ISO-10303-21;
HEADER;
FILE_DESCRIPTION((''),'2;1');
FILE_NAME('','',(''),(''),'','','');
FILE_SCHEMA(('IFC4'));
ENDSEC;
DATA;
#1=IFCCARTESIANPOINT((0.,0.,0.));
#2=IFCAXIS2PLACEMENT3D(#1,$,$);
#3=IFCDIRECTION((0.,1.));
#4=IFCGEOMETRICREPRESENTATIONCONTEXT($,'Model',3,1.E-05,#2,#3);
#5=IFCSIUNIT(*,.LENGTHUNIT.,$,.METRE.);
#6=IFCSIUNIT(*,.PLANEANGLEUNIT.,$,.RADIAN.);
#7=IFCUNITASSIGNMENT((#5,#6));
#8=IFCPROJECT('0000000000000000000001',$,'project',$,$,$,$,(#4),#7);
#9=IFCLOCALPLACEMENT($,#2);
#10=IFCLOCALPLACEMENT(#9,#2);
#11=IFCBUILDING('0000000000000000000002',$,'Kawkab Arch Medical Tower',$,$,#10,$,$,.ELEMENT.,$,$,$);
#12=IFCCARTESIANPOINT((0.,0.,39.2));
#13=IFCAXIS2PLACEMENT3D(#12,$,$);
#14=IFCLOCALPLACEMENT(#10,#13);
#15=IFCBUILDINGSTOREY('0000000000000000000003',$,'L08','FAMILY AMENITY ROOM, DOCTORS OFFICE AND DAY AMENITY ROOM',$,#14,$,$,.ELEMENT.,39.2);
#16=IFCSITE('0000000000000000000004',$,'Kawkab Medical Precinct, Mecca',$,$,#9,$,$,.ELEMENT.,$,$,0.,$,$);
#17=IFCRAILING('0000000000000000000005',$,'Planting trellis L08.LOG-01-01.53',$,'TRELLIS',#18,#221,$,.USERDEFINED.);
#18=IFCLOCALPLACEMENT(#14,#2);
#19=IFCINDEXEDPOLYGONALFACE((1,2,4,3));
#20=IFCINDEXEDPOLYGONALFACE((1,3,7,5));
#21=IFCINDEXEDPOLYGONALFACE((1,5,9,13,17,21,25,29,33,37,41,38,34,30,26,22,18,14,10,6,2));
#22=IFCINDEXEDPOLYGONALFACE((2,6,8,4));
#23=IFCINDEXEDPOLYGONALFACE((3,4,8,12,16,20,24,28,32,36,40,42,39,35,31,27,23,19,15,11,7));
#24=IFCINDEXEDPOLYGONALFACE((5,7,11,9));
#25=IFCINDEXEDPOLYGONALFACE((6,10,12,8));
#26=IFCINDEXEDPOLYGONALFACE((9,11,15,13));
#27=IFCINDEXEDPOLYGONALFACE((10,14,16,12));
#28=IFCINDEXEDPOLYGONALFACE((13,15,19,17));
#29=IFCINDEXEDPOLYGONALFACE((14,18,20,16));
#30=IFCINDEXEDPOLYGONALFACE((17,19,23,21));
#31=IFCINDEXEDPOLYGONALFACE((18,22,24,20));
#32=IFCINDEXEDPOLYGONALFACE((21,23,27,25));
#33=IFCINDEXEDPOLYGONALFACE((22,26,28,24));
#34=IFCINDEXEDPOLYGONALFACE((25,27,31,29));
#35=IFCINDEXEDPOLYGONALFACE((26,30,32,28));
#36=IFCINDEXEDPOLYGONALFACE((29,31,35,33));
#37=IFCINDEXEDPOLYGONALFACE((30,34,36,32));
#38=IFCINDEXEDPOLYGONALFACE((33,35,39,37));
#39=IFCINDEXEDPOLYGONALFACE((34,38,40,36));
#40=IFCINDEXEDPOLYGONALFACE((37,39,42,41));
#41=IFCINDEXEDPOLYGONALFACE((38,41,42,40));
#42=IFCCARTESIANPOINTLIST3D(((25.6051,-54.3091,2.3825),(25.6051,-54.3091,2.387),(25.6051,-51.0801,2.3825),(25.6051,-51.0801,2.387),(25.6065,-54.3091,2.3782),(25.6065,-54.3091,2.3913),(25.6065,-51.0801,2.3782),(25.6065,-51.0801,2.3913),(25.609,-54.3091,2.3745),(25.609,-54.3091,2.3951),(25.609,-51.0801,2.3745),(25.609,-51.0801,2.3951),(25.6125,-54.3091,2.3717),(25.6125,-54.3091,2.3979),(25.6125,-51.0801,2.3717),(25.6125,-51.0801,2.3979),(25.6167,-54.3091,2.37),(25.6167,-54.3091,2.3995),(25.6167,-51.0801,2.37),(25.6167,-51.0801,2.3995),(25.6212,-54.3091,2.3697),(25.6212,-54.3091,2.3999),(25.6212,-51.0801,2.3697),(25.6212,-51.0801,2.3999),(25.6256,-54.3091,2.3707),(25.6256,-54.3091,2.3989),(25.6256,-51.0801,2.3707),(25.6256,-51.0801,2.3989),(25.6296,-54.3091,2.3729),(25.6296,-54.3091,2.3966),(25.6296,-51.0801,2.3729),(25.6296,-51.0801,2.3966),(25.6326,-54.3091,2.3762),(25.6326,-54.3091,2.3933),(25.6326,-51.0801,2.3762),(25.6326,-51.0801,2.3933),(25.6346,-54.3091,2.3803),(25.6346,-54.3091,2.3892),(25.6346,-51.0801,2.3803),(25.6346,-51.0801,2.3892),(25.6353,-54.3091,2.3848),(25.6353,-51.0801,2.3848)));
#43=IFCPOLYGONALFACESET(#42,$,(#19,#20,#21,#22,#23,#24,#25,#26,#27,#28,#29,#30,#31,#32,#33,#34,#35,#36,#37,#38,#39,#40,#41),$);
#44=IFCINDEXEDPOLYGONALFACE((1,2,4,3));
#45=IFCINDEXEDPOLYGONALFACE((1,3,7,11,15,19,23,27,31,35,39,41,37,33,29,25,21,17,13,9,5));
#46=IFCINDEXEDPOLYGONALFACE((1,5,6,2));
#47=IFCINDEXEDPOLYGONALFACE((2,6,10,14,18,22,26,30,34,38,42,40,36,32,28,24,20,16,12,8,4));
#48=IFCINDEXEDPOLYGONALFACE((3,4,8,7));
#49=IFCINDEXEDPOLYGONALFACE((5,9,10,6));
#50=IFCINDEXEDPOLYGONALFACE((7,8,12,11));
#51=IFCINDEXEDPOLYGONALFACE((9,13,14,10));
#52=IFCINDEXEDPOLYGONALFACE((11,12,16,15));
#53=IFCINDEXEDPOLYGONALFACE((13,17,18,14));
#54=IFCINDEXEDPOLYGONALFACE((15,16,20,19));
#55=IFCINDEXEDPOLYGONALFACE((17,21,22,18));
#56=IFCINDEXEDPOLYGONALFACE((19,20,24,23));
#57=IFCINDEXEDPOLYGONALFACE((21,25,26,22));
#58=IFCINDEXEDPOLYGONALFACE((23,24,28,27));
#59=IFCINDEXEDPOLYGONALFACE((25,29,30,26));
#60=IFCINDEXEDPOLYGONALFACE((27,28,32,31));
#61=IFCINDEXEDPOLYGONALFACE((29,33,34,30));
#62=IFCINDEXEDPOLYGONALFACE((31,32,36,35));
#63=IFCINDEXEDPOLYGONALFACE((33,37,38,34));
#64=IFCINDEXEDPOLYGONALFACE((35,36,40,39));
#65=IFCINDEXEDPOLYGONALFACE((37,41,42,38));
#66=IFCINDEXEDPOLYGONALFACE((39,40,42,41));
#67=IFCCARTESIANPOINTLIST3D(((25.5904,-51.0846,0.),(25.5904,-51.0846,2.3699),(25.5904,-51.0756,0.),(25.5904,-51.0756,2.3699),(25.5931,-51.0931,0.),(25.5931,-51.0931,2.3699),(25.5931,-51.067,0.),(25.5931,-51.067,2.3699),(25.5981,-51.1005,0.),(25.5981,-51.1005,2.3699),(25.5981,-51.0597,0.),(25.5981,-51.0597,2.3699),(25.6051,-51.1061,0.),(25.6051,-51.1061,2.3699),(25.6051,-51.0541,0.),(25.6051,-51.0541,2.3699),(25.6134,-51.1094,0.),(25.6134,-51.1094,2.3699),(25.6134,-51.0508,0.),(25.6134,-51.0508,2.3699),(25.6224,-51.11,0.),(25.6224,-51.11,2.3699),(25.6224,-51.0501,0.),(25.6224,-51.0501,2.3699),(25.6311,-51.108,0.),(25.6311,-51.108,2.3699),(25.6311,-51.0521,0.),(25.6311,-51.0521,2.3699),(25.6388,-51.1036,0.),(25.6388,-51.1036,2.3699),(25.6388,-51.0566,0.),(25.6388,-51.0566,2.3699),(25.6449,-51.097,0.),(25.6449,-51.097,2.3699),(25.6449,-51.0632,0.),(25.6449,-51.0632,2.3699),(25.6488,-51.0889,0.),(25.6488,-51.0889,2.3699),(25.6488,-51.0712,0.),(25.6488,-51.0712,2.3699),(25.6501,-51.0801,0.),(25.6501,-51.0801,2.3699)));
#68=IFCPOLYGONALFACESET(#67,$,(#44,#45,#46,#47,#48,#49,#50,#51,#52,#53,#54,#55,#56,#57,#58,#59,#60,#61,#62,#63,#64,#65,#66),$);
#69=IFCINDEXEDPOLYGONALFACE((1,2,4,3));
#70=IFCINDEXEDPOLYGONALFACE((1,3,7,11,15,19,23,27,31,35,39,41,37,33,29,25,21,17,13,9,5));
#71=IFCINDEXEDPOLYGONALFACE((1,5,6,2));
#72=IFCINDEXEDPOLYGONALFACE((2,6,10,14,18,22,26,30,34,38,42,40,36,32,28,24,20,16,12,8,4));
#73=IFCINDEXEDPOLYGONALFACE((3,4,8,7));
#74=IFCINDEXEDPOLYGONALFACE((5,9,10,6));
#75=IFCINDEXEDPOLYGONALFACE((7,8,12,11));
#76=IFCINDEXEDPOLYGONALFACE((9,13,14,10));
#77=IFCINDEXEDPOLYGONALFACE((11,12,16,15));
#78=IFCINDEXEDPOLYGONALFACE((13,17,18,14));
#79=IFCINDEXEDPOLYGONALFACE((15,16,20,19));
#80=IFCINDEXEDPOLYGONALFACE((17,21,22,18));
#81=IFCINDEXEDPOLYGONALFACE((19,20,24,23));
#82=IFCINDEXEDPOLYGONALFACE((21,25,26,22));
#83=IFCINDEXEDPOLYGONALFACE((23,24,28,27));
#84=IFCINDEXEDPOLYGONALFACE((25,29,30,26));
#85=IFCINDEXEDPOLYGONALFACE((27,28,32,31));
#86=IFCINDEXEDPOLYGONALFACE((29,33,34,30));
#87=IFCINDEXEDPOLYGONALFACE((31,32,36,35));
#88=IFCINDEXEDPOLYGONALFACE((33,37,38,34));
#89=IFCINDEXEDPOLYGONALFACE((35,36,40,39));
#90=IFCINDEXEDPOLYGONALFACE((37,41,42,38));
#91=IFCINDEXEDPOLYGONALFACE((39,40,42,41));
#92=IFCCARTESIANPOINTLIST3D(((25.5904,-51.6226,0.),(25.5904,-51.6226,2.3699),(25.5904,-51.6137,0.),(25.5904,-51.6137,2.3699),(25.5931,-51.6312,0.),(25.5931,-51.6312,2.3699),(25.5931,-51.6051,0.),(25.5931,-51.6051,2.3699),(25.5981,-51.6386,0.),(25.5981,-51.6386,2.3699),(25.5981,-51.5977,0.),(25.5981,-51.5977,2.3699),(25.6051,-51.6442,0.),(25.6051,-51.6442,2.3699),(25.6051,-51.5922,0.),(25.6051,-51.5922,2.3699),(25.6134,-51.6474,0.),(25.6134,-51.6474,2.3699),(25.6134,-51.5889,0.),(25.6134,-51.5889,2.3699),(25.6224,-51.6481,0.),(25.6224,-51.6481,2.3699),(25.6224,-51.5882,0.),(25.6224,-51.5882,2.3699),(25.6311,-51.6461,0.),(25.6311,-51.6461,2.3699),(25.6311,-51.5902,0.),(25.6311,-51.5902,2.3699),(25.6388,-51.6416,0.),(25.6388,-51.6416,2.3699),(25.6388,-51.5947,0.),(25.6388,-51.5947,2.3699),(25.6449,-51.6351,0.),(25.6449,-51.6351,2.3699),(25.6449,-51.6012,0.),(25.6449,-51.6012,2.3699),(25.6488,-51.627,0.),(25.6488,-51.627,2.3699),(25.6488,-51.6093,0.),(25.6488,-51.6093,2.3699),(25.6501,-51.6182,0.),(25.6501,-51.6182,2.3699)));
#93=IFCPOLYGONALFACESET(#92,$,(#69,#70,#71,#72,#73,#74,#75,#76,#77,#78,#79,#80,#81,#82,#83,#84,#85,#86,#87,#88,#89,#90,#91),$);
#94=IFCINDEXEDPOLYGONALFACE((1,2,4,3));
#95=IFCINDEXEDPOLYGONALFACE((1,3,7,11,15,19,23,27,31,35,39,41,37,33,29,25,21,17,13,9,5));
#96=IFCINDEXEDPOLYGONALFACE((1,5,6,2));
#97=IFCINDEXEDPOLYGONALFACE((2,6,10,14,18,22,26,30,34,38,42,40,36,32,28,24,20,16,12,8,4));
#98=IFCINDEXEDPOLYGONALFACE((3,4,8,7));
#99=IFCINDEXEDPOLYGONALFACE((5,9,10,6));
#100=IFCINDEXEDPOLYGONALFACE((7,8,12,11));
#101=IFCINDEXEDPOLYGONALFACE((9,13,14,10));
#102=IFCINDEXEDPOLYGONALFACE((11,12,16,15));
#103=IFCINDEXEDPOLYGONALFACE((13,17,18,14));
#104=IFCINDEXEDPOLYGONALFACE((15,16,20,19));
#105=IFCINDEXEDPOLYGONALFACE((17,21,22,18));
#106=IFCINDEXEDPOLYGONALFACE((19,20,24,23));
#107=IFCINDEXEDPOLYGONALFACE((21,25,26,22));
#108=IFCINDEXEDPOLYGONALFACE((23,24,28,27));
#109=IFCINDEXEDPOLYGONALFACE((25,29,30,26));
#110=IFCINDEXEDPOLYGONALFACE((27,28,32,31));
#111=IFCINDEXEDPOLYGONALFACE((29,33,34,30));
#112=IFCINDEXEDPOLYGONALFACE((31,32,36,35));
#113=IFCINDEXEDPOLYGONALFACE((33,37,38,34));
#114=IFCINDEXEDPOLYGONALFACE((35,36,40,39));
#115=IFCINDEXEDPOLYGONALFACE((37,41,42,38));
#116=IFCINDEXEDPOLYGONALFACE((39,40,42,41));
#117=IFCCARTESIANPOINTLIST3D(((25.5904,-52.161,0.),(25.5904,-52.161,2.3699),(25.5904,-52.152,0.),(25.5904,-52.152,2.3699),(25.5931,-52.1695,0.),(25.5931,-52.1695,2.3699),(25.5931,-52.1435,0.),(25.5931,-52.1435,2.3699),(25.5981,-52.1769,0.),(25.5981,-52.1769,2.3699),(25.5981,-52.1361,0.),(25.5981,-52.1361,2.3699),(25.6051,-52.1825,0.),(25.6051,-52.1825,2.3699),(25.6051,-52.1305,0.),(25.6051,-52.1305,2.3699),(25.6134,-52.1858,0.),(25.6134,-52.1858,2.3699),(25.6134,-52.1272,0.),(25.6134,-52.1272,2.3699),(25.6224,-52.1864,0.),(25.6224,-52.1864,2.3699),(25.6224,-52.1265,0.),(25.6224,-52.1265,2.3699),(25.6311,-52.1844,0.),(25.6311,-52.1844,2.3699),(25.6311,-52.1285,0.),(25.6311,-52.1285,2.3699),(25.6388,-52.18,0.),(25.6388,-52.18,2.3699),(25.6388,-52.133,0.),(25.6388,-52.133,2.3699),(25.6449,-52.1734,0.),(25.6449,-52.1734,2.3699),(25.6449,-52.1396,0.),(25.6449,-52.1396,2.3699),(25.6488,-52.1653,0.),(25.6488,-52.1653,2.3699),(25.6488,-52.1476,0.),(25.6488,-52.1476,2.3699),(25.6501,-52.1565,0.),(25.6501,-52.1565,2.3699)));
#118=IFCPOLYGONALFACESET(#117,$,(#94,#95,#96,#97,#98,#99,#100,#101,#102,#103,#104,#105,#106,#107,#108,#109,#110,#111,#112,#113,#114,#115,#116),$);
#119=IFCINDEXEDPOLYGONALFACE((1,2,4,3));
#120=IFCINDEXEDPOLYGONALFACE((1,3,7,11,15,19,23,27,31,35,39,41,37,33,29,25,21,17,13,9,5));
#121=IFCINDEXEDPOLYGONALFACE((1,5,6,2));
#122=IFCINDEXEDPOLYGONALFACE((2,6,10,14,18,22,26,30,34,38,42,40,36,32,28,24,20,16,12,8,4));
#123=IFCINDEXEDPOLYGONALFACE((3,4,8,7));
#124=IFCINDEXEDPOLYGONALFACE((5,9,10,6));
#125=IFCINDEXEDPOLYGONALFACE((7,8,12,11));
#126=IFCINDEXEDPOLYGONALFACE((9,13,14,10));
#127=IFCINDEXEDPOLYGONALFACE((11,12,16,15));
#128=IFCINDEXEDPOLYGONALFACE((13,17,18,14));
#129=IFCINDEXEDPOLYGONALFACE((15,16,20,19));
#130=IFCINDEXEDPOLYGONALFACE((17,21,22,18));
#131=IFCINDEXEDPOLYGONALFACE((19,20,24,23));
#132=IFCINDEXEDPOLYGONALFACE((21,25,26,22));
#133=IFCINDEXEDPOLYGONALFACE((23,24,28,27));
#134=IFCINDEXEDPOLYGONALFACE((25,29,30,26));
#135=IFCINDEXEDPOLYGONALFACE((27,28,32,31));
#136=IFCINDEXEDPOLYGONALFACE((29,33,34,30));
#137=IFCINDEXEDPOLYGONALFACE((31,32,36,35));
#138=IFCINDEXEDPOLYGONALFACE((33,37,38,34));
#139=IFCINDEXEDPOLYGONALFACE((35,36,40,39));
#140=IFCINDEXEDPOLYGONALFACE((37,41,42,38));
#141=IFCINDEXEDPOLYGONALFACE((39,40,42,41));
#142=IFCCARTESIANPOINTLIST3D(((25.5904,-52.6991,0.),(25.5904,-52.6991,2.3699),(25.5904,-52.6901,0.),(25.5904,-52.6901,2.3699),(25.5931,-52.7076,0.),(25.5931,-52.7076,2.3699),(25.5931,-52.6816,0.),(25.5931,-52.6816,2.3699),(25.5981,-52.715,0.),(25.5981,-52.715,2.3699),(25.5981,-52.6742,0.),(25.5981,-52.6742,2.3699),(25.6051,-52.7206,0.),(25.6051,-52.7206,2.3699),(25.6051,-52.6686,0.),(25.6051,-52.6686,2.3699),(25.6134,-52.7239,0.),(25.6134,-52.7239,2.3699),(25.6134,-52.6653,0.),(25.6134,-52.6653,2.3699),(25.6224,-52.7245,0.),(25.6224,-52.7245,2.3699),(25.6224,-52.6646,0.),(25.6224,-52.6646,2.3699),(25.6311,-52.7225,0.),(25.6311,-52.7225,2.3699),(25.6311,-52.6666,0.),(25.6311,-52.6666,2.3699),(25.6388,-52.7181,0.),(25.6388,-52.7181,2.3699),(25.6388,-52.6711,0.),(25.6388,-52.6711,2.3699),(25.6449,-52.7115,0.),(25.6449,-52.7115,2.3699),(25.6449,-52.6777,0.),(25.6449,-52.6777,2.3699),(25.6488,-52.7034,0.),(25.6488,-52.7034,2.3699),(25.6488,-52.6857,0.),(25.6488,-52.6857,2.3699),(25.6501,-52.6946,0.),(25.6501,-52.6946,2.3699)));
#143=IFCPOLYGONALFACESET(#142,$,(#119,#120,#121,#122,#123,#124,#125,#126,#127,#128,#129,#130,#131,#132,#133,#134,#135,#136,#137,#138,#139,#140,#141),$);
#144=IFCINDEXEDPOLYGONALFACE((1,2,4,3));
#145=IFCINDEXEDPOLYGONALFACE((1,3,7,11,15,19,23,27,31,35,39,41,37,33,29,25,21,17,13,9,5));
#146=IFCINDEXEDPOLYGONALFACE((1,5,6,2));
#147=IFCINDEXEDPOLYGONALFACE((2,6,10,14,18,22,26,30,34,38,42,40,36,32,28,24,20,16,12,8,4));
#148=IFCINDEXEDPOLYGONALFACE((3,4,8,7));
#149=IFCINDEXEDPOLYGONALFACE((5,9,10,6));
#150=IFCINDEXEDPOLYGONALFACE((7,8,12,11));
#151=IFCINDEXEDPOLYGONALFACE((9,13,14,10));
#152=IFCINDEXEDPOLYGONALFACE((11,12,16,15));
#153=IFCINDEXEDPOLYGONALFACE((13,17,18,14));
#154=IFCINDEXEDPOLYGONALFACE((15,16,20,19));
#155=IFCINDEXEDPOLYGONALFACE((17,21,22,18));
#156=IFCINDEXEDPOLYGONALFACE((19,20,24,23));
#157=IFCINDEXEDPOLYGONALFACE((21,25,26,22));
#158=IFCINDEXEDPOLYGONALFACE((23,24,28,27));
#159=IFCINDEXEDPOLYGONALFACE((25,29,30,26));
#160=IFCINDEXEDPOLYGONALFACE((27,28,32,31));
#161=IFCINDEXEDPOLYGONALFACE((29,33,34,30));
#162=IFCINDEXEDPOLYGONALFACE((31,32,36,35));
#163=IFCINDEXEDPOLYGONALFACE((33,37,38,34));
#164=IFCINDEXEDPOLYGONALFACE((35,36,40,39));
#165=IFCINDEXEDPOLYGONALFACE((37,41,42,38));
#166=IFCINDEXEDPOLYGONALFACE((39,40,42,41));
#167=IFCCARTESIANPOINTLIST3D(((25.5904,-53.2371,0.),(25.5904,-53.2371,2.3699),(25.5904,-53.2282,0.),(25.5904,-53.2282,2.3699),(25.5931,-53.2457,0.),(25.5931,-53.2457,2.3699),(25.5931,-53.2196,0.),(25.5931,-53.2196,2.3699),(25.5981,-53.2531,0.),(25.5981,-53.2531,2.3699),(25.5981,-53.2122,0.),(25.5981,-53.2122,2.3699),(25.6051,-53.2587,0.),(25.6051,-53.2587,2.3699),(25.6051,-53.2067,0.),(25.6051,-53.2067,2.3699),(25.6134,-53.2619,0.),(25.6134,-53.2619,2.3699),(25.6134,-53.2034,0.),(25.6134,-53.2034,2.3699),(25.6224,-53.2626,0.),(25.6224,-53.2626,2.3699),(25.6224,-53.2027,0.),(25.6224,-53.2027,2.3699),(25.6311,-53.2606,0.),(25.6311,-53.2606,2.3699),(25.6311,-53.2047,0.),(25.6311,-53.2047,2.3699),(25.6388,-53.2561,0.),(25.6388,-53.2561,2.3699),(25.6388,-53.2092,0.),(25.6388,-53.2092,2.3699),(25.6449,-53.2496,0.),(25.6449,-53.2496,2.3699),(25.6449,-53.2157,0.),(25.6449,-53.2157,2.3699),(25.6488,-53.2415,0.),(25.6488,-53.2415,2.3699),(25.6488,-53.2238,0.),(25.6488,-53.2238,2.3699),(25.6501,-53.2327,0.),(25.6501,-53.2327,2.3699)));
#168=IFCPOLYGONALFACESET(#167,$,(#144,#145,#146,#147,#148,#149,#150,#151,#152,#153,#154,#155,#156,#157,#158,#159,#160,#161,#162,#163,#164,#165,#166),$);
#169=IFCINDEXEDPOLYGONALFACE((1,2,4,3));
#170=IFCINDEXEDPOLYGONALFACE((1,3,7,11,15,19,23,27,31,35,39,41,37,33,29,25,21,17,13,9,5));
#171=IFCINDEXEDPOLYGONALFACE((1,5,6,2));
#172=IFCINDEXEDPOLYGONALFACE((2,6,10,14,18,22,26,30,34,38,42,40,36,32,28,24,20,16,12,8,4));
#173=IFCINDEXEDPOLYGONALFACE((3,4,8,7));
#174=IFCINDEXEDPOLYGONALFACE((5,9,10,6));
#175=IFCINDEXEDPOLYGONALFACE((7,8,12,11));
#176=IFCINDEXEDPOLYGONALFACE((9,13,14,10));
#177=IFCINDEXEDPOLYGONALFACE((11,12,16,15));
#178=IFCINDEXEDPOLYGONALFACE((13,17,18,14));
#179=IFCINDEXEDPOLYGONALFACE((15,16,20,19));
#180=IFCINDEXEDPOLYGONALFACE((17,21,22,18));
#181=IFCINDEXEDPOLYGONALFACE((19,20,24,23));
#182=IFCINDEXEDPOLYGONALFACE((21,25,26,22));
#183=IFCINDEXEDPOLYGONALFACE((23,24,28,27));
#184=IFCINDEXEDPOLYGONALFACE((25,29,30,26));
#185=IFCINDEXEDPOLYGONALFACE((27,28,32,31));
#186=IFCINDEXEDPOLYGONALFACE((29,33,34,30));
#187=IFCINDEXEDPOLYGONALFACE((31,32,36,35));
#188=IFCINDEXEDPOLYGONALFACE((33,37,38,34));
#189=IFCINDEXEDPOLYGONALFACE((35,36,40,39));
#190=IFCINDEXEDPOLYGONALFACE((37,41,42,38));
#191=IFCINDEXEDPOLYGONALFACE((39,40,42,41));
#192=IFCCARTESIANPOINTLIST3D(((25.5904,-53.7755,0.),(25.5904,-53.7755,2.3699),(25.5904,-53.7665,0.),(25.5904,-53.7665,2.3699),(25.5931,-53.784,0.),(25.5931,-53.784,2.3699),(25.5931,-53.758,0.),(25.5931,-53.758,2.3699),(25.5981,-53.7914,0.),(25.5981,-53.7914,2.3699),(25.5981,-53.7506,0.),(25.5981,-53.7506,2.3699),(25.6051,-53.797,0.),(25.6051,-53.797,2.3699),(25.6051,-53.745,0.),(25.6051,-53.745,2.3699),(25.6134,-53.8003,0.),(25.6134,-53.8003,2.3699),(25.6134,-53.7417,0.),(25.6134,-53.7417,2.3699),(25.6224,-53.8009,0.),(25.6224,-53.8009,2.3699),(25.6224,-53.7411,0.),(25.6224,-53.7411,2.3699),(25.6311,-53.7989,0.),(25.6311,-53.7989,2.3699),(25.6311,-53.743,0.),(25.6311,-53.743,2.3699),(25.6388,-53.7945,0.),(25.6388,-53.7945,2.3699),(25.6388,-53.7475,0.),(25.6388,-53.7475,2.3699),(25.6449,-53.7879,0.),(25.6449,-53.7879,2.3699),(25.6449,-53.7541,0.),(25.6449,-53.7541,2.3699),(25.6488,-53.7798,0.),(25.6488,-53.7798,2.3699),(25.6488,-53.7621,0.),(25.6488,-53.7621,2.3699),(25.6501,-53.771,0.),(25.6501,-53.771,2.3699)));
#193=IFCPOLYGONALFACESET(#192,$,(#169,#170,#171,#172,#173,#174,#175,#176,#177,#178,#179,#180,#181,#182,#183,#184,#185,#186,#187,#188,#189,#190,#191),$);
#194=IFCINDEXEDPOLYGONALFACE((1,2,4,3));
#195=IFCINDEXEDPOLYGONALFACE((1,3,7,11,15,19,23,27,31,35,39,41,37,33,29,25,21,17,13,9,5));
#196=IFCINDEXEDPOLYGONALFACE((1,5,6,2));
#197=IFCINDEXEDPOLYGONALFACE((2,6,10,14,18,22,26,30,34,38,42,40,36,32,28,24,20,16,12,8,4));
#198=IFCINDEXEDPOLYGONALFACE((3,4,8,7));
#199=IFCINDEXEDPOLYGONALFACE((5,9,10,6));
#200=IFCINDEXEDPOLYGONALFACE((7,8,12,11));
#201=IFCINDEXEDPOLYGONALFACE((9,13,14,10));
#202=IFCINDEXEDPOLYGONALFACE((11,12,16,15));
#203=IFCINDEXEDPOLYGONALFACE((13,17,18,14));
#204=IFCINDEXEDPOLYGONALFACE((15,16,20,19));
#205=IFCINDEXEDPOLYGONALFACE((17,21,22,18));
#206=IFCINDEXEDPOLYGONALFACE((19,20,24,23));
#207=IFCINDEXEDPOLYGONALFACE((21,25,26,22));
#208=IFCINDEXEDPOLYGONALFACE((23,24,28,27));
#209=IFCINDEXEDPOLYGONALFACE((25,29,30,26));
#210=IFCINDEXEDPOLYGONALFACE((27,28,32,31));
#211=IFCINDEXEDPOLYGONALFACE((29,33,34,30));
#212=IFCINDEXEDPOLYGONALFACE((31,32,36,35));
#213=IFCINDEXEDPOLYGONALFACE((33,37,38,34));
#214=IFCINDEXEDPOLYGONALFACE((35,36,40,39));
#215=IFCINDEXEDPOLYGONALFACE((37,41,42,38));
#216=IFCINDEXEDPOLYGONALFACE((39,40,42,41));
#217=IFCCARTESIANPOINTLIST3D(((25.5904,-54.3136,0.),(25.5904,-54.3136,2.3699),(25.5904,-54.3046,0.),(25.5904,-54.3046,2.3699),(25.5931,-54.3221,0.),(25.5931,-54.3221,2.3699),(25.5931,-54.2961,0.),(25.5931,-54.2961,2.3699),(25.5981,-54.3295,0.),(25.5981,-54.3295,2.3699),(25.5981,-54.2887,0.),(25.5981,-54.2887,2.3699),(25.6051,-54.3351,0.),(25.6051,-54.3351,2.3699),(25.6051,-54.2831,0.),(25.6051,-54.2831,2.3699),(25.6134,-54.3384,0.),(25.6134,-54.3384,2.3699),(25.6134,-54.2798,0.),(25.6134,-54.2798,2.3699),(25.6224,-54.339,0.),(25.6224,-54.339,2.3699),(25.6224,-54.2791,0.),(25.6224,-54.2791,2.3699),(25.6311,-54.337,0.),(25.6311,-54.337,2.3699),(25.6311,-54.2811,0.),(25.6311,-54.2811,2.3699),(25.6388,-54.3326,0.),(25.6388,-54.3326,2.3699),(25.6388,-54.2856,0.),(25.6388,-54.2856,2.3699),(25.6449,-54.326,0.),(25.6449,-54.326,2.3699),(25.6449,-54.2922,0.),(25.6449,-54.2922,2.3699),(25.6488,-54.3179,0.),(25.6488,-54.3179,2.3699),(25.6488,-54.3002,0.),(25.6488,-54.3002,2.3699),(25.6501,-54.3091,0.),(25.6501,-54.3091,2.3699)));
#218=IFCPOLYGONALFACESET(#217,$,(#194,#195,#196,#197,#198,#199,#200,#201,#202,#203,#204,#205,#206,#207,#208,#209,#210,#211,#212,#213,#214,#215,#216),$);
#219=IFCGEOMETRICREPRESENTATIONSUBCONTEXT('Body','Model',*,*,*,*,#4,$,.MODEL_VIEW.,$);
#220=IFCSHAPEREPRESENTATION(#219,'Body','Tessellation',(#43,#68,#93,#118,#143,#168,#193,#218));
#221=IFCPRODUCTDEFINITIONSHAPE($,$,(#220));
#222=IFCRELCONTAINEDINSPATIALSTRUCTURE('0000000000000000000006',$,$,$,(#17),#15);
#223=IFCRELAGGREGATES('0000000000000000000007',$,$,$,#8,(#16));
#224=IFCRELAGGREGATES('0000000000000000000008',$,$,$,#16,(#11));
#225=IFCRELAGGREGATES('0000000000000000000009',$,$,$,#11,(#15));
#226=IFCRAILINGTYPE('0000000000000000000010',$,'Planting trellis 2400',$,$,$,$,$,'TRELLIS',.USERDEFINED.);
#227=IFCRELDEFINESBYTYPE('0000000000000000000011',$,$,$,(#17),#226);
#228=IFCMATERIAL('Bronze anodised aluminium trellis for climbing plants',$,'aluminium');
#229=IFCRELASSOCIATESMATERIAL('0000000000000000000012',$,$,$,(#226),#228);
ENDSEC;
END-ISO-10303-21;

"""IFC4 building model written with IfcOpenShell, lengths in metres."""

from ifc_helpers import new_model, si_unit, direction, frame, origin, origin_2d, place, context, subcontext, project, spatial, circle, extrude, material, type_object, element, save


model = new_model("IFC4")

# Units and contexts
model_context = context("Model", 3, precision=1e-05, world=origin(), true_north=direction((0.0, 1.0)))
body_context = subcontext(model_context, "Body", "Model", "MODEL_VIEW")
ifc_project = project(units=[si_unit("LENGTHUNIT", "METRE"), si_unit("PLANEANGLEUNIT", "RADIAN")], contexts=[model_context])

# Site, building, storey
site_placement = place(None, origin())
site = spatial("IfcSite", under=ifc_project, at=site_placement, Name="Kawkab Medical Precinct, Mecca", CompositionType="ELEMENT", RefElevation=0.0)
building_placement = place(site_placement, origin())
building = spatial("IfcBuilding", under=site, at=building_placement, Name="Kawkab Arch Medical Tower", CompositionType="ELEMENT")
storey_placement = place(building_placement, frame((0.0, 0.0, 39.2)))
storey = spatial("IfcBuildingStorey", under=building, at=storey_placement, Name="L08", Description="FAMILY AMENITY ROOM, DOCTORS OFFICE AND DAY AMENITY ROOM", CompositionType="ELEMENT", Elevation=39.2)

# Railing
ifc_material_1 = material(Name="Bronze anodised aluminium trellis for climbing plants", Category="aluminium")
railing_type = type_object("IfcRailingType", Name="Planting trellis 2400", ElementType="TRELLIS", PredefinedType="USERDEFINED", material=ifc_material_1)
railing_1_placement = place(storey_placement, frame((25.6201, -51.0801, 0.0)))
element("IfcRailing", 1, at=railing_1_placement, inside=storey, type_object=railing_type, Name="Planting trellis L08.LOG-01-01.53", ObjectType="TRELLIS", PredefinedType="USERDEFINED", context=body_context, shape_type="SweptSolid", body=[
    extrude(circle(Radius=0.0151, at=origin_2d()), frame((0.0, 0.0, 2.3848), z_axis=(0.0, -1.0, 0.0), x_axis=(1.0, 0.0, 0.0)), (0.0, 0.0, 1.0), 3.229),
    extrude(circle(Radius=0.03, at=origin_2d()), origin(), (0.0, 0.0, 1.0), 2.3699),
    extrude(circle(Radius=0.03, at=origin_2d()), frame((0.0, -0.5381, 0.0)), (0.0, 0.0, 1.0), 2.3699),
    extrude(circle(Radius=0.03, at=origin_2d()), frame((0.0, -1.0764, 0.0)), (0.0, 0.0, 1.0), 2.3699),
    extrude(circle(Radius=0.03, at=origin_2d()), frame((0.0, -1.6145, 0.0)), (0.0, 0.0, 1.0), 2.3699),
    extrude(circle(Radius=0.03, at=origin_2d()), frame((0.0, -2.1526, 0.0)), (0.0, 0.0, 1.0), 2.3699),
    extrude(circle(Radius=0.03, at=origin_2d()), frame((0.0, -2.6909, 0.0)), (0.0, 0.0, 1.0), 2.3699),
    extrude(circle(Radius=0.03, at=origin_2d()), frame((0.0, -3.229, 0.0)), (0.0, 0.0, 1.0), 2.3699),
])

save(model, "model.ifc")
